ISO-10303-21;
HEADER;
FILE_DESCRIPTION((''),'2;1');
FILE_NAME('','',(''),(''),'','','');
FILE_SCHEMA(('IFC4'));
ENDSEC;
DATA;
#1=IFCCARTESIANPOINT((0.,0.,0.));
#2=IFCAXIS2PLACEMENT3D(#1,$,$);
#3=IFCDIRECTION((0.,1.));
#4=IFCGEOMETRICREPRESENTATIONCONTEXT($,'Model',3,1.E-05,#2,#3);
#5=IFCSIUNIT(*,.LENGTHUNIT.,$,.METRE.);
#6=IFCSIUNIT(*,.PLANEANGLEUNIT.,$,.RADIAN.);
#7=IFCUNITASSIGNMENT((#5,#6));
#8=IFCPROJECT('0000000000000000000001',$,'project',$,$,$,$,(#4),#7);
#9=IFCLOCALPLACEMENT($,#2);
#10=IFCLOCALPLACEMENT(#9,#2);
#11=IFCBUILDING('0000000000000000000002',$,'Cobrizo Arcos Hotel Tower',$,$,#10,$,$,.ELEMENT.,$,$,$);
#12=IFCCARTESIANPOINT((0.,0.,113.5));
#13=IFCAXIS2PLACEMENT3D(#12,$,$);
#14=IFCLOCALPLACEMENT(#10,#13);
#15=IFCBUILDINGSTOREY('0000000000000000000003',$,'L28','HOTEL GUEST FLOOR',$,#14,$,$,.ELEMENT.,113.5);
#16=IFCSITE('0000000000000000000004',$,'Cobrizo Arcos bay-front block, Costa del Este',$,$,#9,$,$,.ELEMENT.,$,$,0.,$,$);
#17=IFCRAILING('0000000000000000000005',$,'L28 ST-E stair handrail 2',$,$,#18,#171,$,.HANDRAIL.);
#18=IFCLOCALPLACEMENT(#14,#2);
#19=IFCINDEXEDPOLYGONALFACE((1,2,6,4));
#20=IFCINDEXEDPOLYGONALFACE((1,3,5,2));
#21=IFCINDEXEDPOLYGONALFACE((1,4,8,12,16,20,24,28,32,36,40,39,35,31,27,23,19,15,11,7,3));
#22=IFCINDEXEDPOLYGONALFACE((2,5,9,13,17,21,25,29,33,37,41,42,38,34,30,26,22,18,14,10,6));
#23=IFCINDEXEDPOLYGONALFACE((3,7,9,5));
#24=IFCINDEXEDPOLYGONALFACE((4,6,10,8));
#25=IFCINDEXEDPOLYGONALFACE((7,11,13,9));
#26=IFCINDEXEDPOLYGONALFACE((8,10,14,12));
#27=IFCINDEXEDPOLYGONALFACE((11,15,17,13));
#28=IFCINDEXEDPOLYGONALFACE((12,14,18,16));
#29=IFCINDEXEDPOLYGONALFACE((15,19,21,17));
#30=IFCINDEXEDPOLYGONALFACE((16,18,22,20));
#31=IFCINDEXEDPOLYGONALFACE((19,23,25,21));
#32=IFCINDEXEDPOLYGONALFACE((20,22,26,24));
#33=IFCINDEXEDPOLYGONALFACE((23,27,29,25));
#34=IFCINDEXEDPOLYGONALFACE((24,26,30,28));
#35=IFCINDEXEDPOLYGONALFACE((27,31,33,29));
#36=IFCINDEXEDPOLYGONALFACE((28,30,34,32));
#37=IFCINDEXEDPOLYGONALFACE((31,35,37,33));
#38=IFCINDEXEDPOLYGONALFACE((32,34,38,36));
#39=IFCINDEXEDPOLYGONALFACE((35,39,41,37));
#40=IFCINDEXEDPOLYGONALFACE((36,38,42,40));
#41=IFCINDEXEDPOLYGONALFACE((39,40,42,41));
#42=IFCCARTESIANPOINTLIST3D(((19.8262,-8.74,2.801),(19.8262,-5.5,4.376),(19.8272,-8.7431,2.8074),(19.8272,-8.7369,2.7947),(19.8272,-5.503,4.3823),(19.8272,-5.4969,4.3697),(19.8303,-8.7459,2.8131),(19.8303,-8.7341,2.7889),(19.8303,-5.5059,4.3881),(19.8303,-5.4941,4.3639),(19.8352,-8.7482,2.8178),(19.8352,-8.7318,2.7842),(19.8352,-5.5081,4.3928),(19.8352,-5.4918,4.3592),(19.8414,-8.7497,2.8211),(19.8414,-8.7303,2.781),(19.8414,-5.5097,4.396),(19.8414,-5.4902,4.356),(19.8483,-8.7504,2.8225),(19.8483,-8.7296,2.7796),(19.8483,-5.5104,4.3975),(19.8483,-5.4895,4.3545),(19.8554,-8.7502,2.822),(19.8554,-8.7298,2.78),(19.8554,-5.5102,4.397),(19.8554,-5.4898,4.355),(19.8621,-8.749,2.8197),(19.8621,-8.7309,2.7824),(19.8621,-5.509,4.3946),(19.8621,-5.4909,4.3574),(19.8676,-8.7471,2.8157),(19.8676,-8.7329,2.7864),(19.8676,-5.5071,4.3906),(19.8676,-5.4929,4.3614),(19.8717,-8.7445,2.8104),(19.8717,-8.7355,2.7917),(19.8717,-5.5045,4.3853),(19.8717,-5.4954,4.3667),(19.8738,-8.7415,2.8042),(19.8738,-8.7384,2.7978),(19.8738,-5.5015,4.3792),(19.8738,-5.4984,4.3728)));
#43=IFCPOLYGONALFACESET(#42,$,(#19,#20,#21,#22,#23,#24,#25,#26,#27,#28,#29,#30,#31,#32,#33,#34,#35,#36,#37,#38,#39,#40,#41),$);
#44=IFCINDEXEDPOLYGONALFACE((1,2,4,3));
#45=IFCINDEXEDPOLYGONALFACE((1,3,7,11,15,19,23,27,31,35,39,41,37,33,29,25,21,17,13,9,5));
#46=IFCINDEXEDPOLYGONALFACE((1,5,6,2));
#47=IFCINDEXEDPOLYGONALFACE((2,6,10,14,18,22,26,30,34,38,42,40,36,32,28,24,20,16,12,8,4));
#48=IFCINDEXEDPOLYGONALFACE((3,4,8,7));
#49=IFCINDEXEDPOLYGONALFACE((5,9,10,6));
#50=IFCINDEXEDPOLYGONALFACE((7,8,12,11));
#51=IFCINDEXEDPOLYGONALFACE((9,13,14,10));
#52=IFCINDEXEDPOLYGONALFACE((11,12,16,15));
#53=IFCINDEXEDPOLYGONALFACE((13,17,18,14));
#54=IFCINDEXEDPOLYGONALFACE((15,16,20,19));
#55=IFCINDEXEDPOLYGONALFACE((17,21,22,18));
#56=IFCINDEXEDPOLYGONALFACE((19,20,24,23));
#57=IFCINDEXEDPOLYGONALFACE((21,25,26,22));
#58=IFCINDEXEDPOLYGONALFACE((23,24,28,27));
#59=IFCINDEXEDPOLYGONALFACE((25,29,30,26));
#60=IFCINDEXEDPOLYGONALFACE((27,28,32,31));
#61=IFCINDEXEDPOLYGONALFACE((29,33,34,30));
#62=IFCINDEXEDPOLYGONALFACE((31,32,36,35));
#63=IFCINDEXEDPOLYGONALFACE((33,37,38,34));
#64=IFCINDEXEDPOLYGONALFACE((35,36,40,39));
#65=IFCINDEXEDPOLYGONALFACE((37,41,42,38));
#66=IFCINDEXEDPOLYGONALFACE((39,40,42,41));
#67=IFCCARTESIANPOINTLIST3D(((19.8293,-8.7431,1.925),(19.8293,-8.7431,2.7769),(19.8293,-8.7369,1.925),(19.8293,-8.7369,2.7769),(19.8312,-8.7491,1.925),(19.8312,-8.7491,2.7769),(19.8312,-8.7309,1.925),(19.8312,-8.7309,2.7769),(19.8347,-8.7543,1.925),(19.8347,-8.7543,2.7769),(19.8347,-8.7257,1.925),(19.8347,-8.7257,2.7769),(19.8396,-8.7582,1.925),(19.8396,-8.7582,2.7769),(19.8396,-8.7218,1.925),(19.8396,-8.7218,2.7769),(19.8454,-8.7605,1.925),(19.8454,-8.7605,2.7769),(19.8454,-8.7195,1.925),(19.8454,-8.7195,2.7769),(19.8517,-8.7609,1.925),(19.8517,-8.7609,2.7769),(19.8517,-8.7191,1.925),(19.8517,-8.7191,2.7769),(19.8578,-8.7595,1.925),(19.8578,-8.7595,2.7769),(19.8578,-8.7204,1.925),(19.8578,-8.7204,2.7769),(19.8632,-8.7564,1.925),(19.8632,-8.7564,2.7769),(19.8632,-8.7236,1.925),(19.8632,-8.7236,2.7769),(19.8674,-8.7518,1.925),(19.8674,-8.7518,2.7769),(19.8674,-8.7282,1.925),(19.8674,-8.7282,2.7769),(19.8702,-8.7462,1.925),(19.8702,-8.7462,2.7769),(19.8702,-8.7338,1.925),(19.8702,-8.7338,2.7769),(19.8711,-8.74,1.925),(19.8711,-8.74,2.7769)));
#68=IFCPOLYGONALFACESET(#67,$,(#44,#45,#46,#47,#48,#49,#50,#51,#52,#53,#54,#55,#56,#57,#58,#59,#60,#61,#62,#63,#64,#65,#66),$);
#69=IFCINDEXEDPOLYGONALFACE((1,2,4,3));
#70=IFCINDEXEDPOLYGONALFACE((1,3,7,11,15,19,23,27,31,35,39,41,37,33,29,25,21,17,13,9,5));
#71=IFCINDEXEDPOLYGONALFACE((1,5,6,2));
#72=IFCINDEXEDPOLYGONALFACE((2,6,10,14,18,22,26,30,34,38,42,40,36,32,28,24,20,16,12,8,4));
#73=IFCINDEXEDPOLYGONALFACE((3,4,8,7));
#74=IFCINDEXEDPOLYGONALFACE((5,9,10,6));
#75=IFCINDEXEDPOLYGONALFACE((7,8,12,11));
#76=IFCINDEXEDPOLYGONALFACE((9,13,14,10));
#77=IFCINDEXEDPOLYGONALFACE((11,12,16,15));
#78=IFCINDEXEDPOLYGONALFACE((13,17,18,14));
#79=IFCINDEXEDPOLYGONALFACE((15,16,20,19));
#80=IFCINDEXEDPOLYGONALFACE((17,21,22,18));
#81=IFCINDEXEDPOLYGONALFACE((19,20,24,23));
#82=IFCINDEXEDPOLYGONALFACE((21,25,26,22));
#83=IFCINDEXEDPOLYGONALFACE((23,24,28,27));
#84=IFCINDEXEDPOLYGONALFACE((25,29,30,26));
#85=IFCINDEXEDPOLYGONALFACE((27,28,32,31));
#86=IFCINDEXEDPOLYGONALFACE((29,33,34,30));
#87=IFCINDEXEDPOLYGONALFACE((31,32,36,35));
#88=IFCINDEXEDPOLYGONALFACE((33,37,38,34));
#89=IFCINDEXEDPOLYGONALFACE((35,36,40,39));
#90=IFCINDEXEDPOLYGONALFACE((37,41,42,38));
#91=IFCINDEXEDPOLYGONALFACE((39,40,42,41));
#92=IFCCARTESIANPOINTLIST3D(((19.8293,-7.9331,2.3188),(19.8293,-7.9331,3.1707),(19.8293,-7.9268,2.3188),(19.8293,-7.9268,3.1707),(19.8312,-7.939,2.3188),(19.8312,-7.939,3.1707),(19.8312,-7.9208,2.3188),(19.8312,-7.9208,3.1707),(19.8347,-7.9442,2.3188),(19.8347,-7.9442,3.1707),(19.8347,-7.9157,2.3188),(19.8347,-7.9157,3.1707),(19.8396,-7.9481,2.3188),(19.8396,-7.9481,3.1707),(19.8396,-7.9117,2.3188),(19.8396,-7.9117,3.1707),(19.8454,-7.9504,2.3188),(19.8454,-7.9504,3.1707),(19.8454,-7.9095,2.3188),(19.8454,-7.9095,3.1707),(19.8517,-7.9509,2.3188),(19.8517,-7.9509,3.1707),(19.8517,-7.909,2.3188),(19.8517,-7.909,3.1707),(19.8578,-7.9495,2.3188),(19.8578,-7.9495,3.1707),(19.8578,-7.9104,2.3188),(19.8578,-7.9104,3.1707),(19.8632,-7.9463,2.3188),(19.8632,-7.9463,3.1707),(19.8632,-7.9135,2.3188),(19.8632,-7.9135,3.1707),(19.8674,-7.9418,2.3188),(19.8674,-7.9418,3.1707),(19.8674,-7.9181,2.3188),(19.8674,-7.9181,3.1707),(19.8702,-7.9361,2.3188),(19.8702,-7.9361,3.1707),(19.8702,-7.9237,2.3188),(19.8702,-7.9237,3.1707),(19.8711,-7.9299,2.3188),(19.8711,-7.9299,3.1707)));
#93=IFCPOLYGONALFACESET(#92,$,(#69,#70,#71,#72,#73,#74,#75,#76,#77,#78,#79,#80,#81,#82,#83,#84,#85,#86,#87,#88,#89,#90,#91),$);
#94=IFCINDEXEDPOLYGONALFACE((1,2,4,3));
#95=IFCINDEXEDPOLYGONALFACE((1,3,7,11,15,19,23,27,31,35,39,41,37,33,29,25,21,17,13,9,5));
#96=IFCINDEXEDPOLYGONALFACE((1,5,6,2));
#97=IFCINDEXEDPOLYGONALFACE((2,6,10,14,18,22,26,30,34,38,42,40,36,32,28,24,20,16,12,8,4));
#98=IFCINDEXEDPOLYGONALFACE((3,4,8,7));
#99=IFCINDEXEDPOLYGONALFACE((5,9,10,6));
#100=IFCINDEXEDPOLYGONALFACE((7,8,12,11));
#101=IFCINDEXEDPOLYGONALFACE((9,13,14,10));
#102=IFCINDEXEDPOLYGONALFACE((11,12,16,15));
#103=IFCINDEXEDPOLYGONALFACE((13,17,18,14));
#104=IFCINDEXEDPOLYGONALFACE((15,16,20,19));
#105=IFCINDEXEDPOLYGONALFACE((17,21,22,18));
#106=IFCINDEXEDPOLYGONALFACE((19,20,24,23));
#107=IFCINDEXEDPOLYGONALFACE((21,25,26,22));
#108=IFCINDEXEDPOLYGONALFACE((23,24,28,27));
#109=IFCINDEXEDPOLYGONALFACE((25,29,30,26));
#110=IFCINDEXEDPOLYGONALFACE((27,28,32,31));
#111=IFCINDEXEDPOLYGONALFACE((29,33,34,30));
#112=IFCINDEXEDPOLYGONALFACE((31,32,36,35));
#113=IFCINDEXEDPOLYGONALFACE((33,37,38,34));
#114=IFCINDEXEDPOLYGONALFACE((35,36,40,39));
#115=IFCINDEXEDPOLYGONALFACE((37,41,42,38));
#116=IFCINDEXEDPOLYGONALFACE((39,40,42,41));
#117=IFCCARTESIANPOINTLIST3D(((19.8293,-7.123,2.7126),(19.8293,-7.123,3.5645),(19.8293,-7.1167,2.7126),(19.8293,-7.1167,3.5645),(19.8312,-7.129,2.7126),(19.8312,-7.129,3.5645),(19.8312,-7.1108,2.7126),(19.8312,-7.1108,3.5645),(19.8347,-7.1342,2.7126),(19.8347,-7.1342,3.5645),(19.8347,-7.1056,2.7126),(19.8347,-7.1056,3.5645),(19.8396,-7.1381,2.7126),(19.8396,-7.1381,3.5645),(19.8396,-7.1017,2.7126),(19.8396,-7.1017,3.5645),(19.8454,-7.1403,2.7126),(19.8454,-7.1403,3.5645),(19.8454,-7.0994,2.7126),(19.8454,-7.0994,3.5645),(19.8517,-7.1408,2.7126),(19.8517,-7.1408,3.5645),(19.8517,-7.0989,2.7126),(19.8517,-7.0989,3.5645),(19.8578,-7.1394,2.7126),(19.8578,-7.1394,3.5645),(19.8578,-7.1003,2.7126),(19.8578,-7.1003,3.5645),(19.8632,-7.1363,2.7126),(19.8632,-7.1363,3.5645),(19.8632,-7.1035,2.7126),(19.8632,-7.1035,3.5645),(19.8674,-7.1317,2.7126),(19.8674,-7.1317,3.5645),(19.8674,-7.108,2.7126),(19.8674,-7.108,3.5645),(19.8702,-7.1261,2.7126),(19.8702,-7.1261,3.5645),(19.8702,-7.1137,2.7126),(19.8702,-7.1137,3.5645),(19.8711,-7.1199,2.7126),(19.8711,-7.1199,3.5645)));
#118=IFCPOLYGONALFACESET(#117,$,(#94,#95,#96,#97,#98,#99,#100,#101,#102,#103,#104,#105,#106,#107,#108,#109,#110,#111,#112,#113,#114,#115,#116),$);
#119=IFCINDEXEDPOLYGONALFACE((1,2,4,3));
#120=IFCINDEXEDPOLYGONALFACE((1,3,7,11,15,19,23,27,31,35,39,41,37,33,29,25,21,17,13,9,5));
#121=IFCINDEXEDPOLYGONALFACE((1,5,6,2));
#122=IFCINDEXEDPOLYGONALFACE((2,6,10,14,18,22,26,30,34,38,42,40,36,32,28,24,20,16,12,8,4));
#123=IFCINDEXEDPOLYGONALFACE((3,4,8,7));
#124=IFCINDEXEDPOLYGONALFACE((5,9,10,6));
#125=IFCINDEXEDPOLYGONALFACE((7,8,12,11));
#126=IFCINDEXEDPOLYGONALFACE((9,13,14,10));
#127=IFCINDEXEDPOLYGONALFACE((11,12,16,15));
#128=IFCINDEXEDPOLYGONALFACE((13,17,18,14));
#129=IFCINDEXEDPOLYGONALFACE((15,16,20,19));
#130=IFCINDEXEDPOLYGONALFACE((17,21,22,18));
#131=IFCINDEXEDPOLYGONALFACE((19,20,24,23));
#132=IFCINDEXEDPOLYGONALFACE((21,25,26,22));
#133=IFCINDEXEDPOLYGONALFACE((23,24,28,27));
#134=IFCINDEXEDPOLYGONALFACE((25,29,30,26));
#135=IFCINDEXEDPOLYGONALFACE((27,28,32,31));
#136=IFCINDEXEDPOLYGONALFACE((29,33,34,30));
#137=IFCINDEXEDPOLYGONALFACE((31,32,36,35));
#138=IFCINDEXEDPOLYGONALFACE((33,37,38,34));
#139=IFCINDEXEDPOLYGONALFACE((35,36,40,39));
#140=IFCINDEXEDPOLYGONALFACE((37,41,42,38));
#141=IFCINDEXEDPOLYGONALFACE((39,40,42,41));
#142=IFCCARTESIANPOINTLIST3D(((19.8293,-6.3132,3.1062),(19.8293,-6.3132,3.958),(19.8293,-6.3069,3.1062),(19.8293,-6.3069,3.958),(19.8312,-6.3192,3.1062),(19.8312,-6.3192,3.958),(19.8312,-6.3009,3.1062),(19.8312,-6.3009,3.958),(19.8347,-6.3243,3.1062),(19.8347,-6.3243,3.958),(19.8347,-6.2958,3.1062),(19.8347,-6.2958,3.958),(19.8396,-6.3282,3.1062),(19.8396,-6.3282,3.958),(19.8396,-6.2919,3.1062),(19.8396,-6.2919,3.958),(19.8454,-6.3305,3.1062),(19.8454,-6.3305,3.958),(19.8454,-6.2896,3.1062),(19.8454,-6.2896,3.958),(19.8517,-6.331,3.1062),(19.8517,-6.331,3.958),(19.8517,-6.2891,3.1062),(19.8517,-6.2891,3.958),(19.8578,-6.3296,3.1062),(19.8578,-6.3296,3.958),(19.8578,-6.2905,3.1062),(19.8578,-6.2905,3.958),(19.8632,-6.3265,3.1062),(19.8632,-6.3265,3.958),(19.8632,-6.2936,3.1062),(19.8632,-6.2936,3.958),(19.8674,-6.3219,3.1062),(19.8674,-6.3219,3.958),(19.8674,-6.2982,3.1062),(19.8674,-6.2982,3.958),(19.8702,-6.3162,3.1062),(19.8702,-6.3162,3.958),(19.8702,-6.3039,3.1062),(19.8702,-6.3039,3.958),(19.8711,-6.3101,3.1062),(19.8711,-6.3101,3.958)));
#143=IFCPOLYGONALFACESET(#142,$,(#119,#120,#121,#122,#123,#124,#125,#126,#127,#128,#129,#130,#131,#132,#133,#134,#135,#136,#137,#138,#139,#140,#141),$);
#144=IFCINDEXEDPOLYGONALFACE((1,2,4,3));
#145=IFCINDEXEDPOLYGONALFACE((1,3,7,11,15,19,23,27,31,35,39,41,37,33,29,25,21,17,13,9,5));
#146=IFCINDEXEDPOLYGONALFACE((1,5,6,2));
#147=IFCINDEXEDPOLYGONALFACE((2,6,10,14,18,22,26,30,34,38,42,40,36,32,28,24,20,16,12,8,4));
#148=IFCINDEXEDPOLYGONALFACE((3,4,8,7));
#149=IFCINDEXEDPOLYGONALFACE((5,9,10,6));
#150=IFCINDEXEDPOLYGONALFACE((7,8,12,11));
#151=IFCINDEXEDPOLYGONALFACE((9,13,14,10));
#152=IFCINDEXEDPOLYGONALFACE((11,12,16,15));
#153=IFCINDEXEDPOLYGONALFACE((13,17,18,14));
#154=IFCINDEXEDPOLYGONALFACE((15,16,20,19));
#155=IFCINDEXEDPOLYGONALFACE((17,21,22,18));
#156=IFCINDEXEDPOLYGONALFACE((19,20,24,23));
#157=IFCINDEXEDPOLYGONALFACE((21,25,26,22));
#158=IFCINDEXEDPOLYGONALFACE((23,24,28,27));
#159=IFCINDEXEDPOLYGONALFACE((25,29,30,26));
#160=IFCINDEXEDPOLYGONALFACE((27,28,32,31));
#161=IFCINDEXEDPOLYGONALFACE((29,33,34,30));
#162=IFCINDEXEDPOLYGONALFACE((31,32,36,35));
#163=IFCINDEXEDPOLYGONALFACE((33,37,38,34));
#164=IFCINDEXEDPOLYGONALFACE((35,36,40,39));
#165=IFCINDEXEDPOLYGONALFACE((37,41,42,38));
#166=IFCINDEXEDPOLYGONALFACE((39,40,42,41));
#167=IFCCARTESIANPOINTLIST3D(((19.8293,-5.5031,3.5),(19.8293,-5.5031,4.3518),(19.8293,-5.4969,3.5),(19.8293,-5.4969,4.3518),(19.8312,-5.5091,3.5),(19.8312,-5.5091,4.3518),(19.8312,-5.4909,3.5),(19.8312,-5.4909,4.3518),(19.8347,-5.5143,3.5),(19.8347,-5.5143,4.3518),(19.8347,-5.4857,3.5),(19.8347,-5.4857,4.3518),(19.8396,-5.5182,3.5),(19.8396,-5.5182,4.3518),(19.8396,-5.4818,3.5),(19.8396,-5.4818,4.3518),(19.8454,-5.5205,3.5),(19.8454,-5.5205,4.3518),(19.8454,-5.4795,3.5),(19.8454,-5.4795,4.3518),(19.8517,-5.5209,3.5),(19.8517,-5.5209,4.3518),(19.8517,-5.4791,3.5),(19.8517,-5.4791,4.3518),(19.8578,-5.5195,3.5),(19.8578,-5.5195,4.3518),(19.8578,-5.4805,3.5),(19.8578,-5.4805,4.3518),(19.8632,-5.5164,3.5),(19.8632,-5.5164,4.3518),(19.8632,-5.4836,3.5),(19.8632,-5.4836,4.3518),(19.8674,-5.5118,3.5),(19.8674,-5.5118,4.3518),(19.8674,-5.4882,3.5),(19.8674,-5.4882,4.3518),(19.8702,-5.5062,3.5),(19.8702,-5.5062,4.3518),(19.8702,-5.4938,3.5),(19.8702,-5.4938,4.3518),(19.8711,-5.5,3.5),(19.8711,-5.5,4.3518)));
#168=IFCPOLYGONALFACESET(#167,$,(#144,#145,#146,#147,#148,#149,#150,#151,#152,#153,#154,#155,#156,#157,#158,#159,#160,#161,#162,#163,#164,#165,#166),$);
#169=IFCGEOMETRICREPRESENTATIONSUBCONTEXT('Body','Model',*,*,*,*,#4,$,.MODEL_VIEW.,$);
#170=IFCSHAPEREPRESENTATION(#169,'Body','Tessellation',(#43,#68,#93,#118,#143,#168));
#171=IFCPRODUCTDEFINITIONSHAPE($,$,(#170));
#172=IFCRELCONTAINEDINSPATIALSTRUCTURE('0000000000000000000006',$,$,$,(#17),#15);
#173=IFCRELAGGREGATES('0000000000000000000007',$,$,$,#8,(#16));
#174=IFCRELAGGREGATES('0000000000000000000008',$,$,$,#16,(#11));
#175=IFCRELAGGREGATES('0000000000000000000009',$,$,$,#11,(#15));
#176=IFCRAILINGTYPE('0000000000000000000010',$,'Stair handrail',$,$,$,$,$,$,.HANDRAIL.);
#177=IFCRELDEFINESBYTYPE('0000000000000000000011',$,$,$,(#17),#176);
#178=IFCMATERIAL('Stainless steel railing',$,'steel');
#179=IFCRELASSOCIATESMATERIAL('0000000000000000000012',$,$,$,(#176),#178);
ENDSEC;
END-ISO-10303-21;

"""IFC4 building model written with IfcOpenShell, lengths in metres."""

from ifc_helpers import new_model, si_unit, direction, frame, origin, origin_2d, place, context, subcontext, project, spatial, circle, extrude, material, type_object, element, save


model = new_model("IFC4")

# Units and contexts
model_context = context("Model", 3, precision=1e-05, world=origin(), true_north=direction((0.0, 1.0)))
body_context = subcontext(model_context, "Body", "Model", "MODEL_VIEW")
ifc_project = project(units=[si_unit("LENGTHUNIT", "METRE"), si_unit("PLANEANGLEUNIT", "RADIAN")], contexts=[model_context])

# Site, building, storey
site_placement = place(None, origin())
site = spatial("IfcSite", under=ifc_project, at=site_placement, Name="Cobrizo Arcos bay-front block, Costa del Este", CompositionType="ELEMENT", RefElevation=0.0)
building_placement = place(site_placement, origin())
building = spatial("IfcBuilding", under=site, at=building_placement, Name="Cobrizo Arcos Hotel Tower", CompositionType="ELEMENT")
storey_placement = place(building_placement, frame((0.0, 0.0, 113.5)))
storey = spatial("IfcBuildingStorey", under=building, at=storey_placement, Name="L28", Description="HOTEL GUEST FLOOR", CompositionType="ELEMENT", Elevation=113.5)

# Railing
ifc_material_1 = material(Name="Stainless steel railing", Category="steel")
railing_type_1 = type_object("IfcRailingType", Name="Stair handrail", PredefinedType="HANDRAIL", material=ifc_material_1)
railing_1_placement = place(storey_placement, frame((19.8501, -8.74, 1.925)))
element("IfcRailing", 1, at=railing_1_placement, inside=storey, type_object=railing_type_1, Name="L28 ST-E stair handrail 2", PredefinedType="HANDRAIL", context=body_context, shape_type="SweptSolid", body=[
    extrude(circle(Radius=0.0239, at=origin_2d()), frame((0.0, 0.0, 0.876), z_axis=(0.0, 0.899373, 0.437183), x_axis=(-1.0, 0.0, 0.0)), (0.0, 0.0, 1.0), 3.6025),
    extrude(circle(Radius=0.021, at=origin_2d()), origin(), (0.0, 0.0, 1.0), 0.8518),
    extrude(circle(Radius=0.021, at=origin_2d()), frame((0.0, 0.8101, 0.3938)), (0.0, 0.0, 1.0), 0.8518),
    extrude(circle(Radius=0.021, at=origin_2d()), frame((0.0, 1.6201, 0.7876)), (0.0, 0.0, 1.0), 0.8518),
    extrude(circle(Radius=0.021, at=origin_2d()), frame((0.0, 2.4299, 1.1812)), (0.0, 0.0, 1.0), 0.8518),
    extrude(circle(Radius=0.021, at=origin_2d()), frame((0.0, 3.24, 1.575)), (0.0, 0.0, 1.0), 0.8518),
])

save(model, "model.ifc")
